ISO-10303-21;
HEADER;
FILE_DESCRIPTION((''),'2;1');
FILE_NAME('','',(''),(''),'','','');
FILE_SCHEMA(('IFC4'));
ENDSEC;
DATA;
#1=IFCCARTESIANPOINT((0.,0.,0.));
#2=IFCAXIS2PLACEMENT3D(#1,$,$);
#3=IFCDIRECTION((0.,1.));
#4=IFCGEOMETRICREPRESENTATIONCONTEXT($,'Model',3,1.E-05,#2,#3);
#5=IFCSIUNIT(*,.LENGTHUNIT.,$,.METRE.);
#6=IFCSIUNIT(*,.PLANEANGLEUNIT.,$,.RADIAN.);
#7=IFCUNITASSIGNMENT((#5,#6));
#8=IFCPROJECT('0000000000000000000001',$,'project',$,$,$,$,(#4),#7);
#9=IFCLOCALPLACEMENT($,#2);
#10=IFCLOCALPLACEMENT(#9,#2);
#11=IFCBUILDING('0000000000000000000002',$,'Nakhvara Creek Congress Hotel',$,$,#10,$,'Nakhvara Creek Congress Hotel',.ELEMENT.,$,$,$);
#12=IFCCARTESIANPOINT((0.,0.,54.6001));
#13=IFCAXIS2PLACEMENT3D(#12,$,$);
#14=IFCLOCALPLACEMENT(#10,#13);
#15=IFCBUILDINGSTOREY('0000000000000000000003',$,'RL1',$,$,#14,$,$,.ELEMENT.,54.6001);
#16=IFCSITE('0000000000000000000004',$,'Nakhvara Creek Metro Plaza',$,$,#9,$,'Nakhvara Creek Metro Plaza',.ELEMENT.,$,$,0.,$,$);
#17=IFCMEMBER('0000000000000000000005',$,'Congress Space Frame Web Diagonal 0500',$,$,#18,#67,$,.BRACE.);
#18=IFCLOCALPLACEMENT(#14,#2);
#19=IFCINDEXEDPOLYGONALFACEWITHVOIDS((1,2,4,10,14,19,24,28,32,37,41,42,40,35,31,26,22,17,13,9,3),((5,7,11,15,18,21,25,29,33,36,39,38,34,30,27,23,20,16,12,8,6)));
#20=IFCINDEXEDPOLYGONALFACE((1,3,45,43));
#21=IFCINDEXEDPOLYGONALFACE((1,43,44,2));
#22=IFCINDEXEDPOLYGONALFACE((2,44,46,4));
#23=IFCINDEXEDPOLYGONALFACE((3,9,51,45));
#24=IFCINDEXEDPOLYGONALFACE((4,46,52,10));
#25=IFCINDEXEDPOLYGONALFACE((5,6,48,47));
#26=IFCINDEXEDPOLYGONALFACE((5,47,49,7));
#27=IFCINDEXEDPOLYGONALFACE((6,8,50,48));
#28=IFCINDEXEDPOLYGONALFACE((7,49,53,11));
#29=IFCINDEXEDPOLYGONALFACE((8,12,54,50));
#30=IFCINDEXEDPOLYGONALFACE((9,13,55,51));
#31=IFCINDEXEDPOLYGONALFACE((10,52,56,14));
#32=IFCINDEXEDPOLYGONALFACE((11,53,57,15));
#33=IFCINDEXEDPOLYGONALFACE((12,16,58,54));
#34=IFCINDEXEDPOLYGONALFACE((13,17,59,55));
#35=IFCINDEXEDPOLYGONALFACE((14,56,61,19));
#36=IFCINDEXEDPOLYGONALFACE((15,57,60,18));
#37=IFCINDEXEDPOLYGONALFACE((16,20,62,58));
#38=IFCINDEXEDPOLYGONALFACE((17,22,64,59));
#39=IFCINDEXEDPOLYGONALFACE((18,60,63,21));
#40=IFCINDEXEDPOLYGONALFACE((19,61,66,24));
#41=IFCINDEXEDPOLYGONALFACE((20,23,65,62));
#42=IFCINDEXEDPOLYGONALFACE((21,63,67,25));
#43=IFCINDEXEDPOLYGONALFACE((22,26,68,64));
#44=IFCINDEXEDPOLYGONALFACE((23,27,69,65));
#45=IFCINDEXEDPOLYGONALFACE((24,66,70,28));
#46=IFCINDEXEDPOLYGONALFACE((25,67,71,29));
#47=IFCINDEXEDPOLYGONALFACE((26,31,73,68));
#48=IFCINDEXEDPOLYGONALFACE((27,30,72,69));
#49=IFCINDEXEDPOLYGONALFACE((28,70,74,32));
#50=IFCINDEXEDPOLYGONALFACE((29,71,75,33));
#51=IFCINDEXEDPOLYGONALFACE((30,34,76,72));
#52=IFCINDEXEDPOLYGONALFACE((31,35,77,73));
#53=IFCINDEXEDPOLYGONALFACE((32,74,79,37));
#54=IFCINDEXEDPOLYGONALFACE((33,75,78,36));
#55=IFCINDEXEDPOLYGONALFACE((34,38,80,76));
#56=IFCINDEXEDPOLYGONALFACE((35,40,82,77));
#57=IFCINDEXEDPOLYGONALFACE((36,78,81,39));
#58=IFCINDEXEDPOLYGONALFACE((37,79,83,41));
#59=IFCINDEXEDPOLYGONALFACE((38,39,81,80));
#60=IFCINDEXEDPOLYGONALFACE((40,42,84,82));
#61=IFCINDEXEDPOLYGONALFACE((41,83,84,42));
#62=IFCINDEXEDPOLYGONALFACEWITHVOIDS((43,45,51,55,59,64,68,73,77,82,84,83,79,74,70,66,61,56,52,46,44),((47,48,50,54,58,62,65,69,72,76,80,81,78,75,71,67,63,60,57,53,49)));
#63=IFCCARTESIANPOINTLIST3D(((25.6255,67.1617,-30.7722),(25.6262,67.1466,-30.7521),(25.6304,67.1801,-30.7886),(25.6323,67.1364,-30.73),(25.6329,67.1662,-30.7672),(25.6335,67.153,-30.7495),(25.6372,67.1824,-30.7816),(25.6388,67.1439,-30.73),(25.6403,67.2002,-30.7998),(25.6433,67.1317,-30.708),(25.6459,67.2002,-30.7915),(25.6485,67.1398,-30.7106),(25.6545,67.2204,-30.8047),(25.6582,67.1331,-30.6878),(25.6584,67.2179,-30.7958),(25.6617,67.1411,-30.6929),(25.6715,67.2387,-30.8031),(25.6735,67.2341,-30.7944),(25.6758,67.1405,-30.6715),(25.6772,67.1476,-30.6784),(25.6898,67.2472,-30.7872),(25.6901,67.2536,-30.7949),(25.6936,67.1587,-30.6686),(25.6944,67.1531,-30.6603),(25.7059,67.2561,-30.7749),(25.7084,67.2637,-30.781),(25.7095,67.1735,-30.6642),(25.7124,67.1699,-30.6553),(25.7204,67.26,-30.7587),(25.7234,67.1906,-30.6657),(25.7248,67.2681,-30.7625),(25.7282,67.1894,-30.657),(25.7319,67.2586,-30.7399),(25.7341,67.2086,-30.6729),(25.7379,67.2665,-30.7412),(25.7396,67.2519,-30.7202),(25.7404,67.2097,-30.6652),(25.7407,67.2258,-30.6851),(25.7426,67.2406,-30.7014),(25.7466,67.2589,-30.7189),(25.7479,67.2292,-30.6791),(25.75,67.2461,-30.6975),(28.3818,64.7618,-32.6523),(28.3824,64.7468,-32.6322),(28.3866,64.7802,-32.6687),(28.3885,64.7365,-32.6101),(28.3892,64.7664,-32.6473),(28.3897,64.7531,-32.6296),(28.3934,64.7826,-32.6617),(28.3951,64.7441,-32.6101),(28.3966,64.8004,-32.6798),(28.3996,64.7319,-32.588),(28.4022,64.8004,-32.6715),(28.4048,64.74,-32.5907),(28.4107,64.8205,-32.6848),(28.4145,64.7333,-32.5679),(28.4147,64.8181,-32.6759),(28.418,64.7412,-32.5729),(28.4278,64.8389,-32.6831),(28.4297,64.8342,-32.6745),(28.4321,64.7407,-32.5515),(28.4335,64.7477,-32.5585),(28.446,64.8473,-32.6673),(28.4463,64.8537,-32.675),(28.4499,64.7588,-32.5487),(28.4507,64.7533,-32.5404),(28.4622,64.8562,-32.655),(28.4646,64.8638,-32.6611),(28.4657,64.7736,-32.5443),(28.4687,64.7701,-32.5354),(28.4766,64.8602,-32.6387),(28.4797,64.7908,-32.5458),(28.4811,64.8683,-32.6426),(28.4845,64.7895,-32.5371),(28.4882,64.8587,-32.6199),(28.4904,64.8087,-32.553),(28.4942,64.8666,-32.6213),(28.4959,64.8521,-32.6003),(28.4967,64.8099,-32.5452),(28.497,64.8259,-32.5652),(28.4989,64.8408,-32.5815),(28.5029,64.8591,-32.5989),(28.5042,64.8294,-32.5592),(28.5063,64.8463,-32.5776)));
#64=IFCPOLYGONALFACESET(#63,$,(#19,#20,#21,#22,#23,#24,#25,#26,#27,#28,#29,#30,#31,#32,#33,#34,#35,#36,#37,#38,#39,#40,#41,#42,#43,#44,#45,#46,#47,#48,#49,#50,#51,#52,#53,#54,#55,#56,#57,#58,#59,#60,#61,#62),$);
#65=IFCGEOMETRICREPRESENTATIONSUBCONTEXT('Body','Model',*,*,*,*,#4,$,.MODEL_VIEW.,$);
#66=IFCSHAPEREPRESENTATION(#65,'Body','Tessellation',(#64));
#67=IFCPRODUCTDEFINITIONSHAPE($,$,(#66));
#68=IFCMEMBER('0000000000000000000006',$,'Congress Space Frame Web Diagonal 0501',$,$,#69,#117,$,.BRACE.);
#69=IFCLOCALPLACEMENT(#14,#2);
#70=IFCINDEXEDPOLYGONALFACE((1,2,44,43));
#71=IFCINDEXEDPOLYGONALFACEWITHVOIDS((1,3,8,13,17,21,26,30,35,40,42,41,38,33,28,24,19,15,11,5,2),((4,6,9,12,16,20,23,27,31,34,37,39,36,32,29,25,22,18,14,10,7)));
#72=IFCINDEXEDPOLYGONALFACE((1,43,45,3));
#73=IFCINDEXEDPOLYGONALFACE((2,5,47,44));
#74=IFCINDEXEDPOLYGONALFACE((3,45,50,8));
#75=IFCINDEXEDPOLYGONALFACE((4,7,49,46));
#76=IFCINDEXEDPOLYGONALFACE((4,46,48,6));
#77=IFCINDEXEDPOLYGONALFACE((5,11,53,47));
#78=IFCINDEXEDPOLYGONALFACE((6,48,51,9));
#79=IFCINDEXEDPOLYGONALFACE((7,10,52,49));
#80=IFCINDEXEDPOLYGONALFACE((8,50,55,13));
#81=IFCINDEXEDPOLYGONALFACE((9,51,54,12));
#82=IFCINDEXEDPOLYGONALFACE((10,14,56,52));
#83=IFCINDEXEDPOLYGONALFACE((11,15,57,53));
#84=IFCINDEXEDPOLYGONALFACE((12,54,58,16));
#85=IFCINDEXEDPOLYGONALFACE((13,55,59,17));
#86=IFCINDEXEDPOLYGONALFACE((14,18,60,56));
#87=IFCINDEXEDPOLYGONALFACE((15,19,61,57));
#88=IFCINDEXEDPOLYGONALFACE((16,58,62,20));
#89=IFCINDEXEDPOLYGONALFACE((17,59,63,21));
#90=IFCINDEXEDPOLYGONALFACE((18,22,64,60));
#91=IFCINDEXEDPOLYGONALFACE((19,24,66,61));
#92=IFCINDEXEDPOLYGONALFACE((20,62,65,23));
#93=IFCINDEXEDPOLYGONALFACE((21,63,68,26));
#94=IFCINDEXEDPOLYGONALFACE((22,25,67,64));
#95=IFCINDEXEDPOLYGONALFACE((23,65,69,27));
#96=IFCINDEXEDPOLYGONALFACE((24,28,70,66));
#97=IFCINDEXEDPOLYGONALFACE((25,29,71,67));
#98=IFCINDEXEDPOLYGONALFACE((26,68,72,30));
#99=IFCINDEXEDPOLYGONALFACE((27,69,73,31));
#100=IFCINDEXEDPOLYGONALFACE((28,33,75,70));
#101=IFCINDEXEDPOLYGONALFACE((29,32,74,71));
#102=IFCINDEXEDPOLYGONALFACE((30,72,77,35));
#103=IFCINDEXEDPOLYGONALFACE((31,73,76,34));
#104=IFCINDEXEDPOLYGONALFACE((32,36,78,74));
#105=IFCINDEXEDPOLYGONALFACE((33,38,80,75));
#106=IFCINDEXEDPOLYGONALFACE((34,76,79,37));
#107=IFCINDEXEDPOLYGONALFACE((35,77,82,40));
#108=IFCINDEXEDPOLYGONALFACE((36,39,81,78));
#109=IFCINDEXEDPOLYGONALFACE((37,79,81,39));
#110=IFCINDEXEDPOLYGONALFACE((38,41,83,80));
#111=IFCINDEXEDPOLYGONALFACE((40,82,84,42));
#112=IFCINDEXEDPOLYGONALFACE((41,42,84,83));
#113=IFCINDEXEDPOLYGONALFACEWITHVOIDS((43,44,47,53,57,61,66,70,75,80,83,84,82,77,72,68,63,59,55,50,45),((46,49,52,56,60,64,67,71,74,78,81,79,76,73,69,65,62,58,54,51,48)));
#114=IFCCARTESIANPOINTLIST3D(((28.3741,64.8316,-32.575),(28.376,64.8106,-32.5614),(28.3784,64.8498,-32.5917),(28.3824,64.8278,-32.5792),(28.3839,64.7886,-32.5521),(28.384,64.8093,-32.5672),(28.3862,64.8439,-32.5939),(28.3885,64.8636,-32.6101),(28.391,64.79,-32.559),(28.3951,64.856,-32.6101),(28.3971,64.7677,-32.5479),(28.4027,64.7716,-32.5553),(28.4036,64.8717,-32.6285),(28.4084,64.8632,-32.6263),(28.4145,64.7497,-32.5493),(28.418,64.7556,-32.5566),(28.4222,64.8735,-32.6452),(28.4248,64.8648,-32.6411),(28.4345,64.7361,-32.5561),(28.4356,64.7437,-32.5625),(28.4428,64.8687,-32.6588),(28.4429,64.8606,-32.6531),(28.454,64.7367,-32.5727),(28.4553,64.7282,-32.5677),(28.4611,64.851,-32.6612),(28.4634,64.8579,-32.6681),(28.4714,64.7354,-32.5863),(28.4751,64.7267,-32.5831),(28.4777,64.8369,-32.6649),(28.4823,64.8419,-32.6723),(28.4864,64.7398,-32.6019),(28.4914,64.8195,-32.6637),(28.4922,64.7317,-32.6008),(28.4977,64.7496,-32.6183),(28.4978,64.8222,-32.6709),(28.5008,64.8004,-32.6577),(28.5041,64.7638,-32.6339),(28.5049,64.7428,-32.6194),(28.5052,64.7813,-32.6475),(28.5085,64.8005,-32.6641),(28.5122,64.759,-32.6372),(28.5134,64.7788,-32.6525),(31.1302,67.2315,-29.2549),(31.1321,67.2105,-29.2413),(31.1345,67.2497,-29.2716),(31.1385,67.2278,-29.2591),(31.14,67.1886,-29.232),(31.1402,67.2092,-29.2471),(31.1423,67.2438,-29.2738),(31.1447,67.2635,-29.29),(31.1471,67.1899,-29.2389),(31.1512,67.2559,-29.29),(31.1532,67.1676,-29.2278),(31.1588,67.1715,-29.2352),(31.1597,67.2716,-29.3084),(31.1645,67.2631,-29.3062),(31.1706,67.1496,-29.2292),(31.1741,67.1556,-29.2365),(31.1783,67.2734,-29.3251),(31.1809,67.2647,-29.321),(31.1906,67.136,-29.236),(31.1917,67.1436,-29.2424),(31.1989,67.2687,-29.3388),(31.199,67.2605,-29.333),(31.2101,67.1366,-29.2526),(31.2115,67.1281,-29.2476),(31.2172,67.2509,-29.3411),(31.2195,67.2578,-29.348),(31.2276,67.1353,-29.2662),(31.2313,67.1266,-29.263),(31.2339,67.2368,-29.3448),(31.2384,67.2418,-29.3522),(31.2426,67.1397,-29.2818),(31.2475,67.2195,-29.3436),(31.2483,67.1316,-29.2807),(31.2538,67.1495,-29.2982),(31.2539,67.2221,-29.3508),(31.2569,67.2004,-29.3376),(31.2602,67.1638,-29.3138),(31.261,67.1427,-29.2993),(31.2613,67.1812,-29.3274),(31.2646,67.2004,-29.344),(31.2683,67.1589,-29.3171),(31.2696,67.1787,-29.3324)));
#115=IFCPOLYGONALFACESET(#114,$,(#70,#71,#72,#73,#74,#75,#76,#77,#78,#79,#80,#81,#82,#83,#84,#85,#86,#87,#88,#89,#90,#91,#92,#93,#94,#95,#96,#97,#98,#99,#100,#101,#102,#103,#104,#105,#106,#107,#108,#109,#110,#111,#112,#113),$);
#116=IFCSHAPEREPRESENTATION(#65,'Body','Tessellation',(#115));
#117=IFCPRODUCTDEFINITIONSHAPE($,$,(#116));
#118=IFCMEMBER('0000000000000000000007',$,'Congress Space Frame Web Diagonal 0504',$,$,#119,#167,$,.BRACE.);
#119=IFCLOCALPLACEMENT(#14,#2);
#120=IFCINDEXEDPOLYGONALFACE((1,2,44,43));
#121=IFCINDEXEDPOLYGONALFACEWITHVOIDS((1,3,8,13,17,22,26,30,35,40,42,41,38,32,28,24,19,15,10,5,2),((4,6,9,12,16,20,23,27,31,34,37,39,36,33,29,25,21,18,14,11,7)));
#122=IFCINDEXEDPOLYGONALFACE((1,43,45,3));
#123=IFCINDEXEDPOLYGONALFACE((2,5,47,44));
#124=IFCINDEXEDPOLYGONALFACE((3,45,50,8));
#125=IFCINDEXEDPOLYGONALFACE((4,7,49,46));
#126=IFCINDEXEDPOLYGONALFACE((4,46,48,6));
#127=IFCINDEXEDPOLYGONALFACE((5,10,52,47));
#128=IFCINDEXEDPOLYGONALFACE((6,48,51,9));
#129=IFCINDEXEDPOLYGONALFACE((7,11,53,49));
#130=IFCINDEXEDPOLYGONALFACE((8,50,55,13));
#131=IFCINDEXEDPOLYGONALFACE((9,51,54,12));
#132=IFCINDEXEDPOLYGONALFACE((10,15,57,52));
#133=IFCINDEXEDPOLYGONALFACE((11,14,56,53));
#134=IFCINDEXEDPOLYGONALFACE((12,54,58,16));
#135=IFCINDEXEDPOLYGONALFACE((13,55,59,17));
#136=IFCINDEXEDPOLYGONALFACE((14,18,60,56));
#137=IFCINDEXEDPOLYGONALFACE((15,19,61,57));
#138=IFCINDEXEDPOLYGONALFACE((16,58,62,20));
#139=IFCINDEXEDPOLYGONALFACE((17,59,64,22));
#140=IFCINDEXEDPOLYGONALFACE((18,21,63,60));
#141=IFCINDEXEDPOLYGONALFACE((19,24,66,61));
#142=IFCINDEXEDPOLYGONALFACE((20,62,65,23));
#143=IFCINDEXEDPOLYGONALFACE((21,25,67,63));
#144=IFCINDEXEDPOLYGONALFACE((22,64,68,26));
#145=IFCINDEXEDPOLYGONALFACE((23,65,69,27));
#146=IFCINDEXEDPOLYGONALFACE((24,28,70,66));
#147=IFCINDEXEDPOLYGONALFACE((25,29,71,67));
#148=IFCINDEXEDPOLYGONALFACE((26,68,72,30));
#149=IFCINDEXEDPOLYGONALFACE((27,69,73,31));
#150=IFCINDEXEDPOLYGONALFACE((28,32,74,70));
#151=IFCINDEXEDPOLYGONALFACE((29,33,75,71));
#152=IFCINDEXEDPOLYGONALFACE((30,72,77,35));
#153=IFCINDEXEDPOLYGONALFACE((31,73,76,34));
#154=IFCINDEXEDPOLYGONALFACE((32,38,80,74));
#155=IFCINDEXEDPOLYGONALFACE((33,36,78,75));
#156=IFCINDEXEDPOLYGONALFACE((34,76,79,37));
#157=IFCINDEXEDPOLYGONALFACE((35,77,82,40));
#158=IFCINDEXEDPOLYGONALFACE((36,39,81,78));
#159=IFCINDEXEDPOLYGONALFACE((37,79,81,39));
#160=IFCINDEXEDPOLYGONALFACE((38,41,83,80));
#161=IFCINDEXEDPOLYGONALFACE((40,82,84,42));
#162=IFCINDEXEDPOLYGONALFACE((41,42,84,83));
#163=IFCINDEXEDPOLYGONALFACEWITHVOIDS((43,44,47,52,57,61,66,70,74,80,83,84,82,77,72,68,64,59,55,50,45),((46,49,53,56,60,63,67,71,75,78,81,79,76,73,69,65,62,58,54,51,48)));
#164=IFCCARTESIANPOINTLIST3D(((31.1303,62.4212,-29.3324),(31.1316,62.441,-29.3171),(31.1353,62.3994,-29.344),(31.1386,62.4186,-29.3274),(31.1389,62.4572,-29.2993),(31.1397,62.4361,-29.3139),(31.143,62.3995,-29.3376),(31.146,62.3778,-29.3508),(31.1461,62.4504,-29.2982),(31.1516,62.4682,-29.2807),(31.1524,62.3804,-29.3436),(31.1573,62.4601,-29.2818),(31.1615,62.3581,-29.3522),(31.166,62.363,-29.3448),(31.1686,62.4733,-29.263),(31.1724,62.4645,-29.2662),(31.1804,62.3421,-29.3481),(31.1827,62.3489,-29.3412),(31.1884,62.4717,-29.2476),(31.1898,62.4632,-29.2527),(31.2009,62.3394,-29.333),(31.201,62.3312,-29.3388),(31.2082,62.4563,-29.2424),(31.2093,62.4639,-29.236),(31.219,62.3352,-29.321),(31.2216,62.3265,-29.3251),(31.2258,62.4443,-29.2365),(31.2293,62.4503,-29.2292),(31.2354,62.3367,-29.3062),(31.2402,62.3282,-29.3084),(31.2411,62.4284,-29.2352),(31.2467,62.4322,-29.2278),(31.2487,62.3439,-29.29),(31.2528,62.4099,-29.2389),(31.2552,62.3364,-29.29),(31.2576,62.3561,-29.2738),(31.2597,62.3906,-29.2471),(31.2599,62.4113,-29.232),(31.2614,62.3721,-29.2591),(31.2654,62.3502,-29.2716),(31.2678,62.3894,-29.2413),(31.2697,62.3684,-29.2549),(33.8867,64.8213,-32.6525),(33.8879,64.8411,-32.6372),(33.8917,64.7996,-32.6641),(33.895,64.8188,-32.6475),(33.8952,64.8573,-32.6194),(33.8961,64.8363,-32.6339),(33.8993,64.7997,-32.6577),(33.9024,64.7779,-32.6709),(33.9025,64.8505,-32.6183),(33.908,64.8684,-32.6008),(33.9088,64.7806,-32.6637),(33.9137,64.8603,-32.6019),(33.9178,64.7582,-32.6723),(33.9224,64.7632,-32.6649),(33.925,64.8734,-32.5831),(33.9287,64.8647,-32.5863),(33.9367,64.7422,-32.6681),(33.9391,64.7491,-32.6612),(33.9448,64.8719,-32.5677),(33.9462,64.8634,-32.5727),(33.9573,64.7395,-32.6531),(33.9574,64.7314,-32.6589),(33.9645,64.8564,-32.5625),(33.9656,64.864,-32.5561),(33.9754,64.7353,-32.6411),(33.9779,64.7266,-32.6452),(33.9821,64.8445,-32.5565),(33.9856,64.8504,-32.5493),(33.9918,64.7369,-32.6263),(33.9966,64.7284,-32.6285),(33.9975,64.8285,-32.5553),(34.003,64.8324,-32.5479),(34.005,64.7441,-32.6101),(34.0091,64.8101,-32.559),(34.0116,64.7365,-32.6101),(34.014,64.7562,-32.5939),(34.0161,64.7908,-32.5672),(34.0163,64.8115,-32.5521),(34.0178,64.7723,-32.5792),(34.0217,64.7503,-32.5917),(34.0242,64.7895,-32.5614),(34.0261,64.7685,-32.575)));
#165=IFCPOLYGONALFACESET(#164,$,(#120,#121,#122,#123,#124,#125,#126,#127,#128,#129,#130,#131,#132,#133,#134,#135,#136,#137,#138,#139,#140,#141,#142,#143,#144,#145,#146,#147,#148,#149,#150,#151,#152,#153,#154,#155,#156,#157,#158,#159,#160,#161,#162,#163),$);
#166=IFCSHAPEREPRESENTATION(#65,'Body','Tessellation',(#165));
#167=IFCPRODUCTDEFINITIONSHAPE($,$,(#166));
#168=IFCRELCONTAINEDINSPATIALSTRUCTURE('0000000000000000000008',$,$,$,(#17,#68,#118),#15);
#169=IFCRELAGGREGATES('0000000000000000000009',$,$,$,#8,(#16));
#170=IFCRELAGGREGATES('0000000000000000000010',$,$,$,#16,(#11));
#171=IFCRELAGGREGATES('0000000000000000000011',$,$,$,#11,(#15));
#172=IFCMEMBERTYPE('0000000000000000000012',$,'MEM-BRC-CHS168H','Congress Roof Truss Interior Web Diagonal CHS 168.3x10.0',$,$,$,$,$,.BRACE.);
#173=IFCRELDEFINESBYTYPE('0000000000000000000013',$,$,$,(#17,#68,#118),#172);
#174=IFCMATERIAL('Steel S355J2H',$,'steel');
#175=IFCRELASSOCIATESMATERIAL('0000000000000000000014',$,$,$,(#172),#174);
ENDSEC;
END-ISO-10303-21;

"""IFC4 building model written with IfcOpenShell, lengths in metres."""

from ifc_helpers import new_model, si_unit, direction, frame, origin, origin_2d, place, context, subcontext, project, spatial, hollow_circle, extrude, material, material_profile, profile_set, type_object, element, save


model = new_model("IFC4")

# Units and contexts
model_context = context("Model", 3, precision=1e-05, world=origin(), true_north=direction((0.0, 1.0)))
body_context = subcontext(model_context, "Body", "Model", "MODEL_VIEW")
ifc_project = project(units=[si_unit("LENGTHUNIT", "METRE"), si_unit("PLANEANGLEUNIT", "RADIAN")], contexts=[model_context])

# Site, building, storey
site_placement = place(None, origin())
site = spatial("IfcSite", under=ifc_project, at=site_placement, Name="Nakhvara Creek Metro Plaza", LongName="Nakhvara Creek Metro Plaza", CompositionType="ELEMENT", RefElevation=0.0)
building_placement = place(site_placement, origin())
building = spatial("IfcBuilding", under=site, at=building_placement, Name="Nakhvara Creek Congress Hotel", LongName="Nakhvara Creek Congress Hotel", CompositionType="ELEMENT")
storey_placement = place(building_placement, frame((0.0, 0.0, 54.6001)))
storey = spatial("IfcBuildingStorey", under=building, at=storey_placement, Name="RL1", CompositionType="ELEMENT", Elevation=54.6001)

# Members
ifc_material_1 = material(Name="Steel S355J2H", Category="steel")
ifc_material_profile_1 = material_profile(ifc_material_1, hollow_circle(Radius=0.0842, WallThickness=0.01, at=origin_2d()), Name="CHS 168.3x10.0", Category="LoadBearing")
ifc_profile_set_1 = profile_set([ifc_material_profile_1], Name="Steel S355J2H")
member_type_1 = type_object("IfcMemberType", Name="MEM-BRC-CHS168H", Description="Congress Roof Truss Interior Web Diagonal CHS 168.3x10.0", PredefinedType="BRACE", material=ifc_profile_set_1)
member_1_placement = place(storey_placement, frame((28.4438, 64.8, -32.6101), z_axis=(-0.670649, 0.583922, 0.457455), x_axis=(-0.656658, -0.754188, 0.0)))
element("IfcMember", 1, at=member_1_placement, inside=storey, type_object=member_type_1, Name="Congress Space Frame Web Diagonal 0500", PredefinedType="BRACE", context=body_context, shape_type="SweptSolid", body=[
    extrude(hollow_circle(Radius=0.0842, WallThickness=0.01, at=origin_2d()), origin(), (0.0, 0.0, 1.0), 4.1099),
])
member_2_placement = place(storey_placement, frame((28.4438, 64.8, -32.6101), z_axis=(0.558203, 0.48606, 0.672425), x_axis=(-0.656691, 0.75416, 0.0)))
element("IfcMember", 2, at=member_2_placement, inside=storey, type_object=member_type_1, Name="Congress Space Frame Web Diagonal 0501", PredefinedType="BRACE", context=body_context, shape_type="SweptSolid", body=[
    extrude(hollow_circle(Radius=0.0842, WallThickness=0.01, at=origin_2d()), origin(), (0.0, 0.0, 1.0), 4.9375),
])
member_3_placement = place(storey_placement, frame((33.9563, 64.8, -32.6101), z_axis=(-0.558224, -0.486085, 0.67239), x_axis=(0.656696, -0.754155, 0.0)))
element("IfcMember", 3, at=member_3_placement, inside=storey, type_object=member_type_1, Name="Congress Space Frame Web Diagonal 0504", PredefinedType="BRACE", context=body_context, shape_type="SweptSolid", body=[
    extrude(hollow_circle(Radius=0.0842, WallThickness=0.01, at=origin_2d()), origin(), (0.0, 0.0, 1.0), 4.9377),
])

save(model, "model.ifc")
